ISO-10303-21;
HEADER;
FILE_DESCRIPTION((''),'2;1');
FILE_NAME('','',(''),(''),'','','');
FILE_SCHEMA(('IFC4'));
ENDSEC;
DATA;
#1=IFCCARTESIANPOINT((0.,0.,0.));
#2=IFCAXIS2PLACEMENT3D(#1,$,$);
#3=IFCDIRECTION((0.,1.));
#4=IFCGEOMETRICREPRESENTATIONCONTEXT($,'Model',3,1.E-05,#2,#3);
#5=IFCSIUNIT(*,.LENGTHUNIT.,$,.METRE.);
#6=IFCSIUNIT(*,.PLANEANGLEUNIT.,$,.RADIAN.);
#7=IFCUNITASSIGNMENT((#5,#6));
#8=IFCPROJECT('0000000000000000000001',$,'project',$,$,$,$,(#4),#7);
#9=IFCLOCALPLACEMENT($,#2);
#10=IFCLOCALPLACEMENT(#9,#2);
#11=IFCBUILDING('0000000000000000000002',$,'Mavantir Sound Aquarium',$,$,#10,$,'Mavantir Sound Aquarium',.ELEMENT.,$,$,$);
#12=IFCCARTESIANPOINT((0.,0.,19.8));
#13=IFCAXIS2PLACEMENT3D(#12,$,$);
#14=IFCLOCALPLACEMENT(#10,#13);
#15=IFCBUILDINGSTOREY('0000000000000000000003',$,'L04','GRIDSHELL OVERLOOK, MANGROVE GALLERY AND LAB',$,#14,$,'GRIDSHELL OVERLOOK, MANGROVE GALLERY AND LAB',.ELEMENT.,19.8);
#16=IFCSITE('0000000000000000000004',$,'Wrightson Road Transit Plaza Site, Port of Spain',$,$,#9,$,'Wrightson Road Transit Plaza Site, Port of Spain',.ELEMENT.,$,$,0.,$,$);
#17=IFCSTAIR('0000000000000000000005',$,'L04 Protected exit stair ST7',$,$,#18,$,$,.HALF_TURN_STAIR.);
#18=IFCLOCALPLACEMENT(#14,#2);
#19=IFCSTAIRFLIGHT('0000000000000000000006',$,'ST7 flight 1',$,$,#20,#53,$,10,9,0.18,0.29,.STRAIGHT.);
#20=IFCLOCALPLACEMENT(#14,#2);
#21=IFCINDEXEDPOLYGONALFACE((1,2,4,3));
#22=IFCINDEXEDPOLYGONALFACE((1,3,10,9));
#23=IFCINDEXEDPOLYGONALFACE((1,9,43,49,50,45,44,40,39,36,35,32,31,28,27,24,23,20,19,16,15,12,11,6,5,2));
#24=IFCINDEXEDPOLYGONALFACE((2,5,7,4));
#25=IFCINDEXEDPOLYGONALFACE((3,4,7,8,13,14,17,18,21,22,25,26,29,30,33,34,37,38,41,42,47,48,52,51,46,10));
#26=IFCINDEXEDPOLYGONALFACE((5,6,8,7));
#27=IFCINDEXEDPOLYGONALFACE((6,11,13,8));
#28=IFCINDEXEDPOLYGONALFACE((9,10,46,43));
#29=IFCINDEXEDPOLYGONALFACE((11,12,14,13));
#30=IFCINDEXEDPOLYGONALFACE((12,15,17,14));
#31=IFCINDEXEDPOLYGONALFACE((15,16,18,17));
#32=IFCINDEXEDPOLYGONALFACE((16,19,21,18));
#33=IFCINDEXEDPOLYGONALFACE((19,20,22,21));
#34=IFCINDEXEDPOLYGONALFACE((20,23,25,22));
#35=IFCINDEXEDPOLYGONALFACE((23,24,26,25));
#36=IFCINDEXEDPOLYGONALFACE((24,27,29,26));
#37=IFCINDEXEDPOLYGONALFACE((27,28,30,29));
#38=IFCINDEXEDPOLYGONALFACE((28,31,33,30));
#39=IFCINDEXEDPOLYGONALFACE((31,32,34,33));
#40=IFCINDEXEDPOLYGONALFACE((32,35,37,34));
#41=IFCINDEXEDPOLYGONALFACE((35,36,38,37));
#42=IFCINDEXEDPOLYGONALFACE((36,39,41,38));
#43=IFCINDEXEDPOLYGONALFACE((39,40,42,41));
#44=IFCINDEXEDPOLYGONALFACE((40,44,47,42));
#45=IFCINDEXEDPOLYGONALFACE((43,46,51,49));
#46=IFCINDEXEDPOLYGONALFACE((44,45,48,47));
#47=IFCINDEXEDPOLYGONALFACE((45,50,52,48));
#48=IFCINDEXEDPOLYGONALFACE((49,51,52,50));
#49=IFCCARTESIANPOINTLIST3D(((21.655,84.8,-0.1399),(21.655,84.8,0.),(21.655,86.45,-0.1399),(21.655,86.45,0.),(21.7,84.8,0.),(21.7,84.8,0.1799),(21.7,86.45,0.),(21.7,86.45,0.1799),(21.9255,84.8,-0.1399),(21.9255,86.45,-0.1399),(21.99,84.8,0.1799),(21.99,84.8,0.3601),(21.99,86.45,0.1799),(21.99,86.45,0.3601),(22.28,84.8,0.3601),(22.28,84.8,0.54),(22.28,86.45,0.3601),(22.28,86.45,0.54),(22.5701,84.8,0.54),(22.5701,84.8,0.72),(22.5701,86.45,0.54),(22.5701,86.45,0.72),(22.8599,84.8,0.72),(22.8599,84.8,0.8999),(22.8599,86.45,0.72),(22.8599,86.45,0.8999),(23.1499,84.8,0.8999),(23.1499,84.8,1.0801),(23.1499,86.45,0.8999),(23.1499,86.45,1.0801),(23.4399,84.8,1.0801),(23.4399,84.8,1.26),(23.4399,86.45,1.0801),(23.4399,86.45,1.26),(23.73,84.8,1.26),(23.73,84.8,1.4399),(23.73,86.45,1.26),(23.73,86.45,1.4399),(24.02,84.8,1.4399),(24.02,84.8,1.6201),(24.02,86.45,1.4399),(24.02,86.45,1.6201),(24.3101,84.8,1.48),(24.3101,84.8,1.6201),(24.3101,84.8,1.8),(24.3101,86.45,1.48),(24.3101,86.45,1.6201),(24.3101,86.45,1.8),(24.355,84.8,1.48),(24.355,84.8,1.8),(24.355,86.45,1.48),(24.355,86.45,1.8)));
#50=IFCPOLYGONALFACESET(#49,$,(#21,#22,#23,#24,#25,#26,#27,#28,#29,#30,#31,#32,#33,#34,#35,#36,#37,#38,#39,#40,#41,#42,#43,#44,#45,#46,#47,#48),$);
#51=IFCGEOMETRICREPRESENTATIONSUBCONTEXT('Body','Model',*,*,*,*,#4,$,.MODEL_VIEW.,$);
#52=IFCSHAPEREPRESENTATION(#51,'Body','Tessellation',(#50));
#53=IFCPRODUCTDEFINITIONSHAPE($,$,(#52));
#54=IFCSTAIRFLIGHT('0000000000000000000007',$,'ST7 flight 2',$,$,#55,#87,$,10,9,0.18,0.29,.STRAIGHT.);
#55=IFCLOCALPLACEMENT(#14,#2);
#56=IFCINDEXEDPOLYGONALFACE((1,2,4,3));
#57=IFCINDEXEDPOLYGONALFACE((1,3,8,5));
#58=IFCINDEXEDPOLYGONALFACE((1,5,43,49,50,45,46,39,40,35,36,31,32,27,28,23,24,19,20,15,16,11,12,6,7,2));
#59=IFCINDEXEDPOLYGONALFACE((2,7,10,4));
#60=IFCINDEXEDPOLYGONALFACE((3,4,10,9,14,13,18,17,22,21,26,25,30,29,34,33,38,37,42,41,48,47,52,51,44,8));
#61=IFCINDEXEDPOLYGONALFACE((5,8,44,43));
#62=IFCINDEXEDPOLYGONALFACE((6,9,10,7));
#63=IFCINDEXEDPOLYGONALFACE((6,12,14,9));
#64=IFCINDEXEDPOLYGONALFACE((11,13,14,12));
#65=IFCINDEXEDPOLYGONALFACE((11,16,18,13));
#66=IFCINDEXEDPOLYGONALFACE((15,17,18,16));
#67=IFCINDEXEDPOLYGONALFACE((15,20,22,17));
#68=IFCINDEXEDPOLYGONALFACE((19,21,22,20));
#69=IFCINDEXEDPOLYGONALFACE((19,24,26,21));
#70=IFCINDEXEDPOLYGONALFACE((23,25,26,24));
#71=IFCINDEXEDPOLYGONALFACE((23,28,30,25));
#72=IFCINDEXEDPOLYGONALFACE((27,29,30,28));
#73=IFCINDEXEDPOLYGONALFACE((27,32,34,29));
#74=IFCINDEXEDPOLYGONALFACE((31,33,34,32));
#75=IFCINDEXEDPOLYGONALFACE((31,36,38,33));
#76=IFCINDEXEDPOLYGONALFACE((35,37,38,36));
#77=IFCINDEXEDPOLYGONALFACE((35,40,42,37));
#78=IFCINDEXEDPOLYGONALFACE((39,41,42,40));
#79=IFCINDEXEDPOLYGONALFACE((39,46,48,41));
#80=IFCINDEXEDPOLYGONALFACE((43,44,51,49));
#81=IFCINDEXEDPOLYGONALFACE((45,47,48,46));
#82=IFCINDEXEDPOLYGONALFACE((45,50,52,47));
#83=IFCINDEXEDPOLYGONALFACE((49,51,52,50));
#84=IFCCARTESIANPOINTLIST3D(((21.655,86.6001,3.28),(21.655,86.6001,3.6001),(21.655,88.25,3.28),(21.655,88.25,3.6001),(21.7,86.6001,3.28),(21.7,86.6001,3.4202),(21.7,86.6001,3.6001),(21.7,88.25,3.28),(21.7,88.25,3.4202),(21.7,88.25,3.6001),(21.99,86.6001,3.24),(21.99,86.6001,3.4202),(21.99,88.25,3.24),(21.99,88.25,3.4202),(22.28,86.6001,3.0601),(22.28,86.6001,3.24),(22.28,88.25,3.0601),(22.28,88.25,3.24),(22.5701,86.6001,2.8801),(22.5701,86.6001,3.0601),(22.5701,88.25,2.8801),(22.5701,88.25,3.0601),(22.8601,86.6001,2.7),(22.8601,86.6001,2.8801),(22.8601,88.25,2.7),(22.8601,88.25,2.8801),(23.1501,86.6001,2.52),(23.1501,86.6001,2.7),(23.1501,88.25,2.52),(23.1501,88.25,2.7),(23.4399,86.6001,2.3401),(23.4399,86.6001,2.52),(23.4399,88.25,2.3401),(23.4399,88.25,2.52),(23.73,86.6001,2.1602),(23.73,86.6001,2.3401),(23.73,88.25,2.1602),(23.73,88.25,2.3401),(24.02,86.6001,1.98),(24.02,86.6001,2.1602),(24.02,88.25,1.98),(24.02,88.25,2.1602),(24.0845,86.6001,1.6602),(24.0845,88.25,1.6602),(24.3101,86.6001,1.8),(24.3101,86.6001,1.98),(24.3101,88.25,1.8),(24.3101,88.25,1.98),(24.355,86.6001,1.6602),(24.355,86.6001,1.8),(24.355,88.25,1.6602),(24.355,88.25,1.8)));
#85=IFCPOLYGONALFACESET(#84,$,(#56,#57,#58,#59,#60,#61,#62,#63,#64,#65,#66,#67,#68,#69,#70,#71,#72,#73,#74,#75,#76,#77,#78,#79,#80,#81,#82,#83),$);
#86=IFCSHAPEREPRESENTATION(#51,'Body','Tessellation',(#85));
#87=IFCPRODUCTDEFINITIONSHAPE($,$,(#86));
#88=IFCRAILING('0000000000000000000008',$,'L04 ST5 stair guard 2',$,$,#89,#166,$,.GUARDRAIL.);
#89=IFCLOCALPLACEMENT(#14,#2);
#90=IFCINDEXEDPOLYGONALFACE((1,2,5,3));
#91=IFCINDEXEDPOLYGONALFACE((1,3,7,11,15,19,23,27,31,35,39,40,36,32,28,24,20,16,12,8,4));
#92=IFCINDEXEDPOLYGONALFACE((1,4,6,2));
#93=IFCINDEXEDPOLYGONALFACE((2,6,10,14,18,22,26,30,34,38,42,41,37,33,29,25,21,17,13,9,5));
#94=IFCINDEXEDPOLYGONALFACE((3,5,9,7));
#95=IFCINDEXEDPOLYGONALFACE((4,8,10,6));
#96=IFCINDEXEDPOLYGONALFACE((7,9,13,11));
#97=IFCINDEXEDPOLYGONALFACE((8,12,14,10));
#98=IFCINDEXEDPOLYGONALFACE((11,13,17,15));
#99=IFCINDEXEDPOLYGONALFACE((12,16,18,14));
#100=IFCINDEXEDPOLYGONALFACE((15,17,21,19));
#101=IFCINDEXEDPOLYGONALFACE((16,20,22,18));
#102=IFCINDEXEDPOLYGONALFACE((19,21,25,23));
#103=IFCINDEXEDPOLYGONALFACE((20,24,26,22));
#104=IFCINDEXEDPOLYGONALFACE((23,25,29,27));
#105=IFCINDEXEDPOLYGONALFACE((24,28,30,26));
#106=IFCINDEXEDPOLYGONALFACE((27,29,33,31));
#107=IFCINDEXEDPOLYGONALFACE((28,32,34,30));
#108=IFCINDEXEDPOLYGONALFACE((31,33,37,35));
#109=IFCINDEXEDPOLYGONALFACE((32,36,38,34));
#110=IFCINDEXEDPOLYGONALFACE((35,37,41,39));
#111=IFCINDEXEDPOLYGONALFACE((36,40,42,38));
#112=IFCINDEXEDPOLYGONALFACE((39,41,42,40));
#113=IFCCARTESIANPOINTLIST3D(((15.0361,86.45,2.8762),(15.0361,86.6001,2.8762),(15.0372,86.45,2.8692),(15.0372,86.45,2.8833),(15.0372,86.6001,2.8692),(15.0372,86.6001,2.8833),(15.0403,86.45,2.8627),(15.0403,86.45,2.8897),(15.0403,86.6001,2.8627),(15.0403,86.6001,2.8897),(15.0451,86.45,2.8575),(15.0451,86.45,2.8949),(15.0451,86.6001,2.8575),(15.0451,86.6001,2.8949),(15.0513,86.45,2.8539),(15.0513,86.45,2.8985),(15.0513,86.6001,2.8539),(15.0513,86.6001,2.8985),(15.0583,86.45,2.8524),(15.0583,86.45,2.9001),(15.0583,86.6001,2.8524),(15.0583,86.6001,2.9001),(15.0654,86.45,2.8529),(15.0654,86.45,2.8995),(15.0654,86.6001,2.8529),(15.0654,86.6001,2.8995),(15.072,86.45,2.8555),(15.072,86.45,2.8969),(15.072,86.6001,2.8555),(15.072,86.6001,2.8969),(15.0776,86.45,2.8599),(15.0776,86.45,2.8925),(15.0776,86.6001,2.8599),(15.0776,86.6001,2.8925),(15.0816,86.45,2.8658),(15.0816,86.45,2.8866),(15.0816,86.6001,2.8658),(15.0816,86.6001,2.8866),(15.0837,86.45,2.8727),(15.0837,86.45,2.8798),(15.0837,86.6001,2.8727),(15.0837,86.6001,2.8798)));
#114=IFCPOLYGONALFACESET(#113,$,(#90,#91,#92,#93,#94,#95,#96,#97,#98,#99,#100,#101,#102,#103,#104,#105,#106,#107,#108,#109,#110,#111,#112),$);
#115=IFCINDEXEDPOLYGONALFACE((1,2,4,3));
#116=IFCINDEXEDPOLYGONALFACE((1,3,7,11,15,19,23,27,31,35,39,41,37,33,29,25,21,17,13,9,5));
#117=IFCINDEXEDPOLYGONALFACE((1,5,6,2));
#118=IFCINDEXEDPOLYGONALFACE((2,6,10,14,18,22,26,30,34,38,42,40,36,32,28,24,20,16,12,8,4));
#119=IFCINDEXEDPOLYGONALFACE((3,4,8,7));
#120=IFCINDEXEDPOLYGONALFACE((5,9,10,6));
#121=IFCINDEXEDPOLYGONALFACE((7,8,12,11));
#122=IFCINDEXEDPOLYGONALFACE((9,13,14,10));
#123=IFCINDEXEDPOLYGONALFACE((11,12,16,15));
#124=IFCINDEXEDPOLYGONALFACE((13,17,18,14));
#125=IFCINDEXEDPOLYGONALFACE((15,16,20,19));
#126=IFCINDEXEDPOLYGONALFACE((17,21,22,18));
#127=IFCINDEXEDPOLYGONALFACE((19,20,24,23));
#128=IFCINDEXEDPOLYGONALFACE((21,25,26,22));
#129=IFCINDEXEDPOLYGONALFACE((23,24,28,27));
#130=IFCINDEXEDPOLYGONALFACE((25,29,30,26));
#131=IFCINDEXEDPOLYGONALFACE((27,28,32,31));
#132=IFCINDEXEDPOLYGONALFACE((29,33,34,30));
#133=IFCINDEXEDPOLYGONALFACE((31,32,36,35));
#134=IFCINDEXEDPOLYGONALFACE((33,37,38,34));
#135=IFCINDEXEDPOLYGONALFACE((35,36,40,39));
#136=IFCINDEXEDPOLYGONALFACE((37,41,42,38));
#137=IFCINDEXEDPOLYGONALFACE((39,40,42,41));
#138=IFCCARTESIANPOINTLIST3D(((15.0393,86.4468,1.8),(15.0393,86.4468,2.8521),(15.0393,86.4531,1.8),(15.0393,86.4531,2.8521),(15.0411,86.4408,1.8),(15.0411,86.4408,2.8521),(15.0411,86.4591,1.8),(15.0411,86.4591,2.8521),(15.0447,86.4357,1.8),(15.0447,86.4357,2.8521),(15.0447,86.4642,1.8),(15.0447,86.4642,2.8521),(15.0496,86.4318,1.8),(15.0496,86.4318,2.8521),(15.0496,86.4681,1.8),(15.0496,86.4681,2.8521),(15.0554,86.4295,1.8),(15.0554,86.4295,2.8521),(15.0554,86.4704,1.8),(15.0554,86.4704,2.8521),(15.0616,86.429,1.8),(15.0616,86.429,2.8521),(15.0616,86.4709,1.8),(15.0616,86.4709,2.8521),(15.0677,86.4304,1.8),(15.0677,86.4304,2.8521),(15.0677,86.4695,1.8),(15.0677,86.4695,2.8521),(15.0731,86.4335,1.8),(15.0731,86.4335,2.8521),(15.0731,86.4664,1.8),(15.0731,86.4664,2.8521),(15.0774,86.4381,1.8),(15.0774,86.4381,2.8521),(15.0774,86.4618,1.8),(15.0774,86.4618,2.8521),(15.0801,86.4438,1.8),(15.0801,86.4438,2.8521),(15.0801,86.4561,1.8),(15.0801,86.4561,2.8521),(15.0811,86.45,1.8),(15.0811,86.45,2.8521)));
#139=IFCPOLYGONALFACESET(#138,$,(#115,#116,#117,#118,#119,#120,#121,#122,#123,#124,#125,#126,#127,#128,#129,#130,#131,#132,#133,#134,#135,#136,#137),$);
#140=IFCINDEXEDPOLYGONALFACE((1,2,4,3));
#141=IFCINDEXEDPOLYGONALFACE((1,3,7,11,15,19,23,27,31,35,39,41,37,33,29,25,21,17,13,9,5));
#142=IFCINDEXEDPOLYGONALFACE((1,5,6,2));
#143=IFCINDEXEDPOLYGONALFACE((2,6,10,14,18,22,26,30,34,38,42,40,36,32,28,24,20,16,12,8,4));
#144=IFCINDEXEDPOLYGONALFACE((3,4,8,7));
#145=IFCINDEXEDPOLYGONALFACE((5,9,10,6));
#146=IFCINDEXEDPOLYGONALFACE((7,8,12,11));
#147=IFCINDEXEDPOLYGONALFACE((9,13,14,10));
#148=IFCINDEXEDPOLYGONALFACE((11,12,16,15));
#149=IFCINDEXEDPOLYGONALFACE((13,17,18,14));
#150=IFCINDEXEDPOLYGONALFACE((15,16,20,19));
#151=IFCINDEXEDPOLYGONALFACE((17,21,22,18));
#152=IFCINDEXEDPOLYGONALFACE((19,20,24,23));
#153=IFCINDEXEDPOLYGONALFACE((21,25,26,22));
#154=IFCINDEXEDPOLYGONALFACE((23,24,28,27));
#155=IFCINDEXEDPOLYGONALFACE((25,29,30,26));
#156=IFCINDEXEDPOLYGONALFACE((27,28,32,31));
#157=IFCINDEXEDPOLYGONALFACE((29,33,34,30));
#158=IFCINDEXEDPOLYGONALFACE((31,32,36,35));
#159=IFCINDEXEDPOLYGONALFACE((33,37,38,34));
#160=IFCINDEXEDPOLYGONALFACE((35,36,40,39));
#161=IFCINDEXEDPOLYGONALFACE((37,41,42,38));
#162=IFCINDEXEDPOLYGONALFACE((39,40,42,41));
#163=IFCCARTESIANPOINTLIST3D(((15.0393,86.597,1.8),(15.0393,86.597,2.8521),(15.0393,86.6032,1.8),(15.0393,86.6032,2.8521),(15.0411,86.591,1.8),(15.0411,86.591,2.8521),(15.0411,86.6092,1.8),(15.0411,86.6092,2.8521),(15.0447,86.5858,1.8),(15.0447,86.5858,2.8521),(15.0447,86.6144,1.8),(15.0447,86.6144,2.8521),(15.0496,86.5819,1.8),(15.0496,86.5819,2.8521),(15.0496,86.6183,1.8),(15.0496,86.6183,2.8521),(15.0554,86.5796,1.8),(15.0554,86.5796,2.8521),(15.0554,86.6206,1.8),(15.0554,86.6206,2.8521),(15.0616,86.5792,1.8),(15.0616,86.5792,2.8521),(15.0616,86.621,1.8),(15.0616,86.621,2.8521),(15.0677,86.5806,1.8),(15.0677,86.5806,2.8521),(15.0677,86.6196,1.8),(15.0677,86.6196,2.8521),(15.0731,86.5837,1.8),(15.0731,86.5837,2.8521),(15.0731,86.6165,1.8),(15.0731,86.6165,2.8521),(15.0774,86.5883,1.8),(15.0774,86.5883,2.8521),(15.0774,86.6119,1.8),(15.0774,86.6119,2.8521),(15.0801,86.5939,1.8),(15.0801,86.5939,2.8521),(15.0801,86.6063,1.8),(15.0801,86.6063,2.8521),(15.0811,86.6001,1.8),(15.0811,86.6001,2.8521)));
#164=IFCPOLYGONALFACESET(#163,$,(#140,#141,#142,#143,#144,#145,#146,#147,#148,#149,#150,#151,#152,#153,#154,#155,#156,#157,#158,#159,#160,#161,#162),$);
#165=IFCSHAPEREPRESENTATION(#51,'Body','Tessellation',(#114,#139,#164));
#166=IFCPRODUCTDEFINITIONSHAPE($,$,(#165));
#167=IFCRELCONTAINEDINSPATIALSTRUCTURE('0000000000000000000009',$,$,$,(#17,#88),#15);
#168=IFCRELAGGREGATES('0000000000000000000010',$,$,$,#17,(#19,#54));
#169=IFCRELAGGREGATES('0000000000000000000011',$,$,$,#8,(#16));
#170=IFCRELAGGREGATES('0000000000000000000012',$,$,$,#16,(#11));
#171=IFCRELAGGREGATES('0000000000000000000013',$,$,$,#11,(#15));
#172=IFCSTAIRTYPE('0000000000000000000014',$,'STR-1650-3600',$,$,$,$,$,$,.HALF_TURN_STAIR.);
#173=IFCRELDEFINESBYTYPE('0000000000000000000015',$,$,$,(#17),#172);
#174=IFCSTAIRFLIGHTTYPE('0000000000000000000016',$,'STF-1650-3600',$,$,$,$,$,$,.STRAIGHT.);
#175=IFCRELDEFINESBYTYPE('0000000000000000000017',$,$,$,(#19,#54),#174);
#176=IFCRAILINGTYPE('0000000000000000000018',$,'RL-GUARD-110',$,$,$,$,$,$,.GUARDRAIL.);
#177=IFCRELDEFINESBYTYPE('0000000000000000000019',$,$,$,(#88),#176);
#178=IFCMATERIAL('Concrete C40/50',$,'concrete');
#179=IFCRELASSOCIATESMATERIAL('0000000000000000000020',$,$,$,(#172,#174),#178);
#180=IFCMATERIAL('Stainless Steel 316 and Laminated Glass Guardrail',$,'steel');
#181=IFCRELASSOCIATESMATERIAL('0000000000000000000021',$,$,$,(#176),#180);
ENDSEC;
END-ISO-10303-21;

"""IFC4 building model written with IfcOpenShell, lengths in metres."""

from ifc_helpers import new_model, si_unit, direction, frame, origin, origin_2d, place, context, subcontext, project, spatial, polyline, circle, outline, extrude, material, type_object, element, aggregate, save


model = new_model("IFC4")

# Units and contexts
model_context = context("Model", 3, precision=1e-05, world=origin(), true_north=direction((0.0, 1.0)))
body_context = subcontext(model_context, "Body", "Model", "MODEL_VIEW")
ifc_project = project(units=[si_unit("LENGTHUNIT", "METRE"), si_unit("PLANEANGLEUNIT", "RADIAN")], contexts=[model_context])

# Site, building, storey
site_placement = place(None, origin())
site = spatial("IfcSite", under=ifc_project, at=site_placement, Name="Wrightson Road Transit Plaza Site, Port of Spain", LongName="Wrightson Road Transit Plaza Site, Port of Spain", CompositionType="ELEMENT", RefElevation=0.0)
building_placement = place(site_placement, origin())
building = spatial("IfcBuilding", under=site, at=building_placement, Name="Mavantir Sound Aquarium", LongName="Mavantir Sound Aquarium", CompositionType="ELEMENT")
storey_placement = place(building_placement, frame((0.0, 0.0, 19.8)))
storey = spatial("IfcBuildingStorey", under=building, at=storey_placement, Name="L04", Description="GRIDSHELL OVERLOOK, MANGROVE GALLERY AND LAB", LongName="GRIDSHELL OVERLOOK, MANGROVE GALLERY AND LAB", CompositionType="ELEMENT", Elevation=19.8)

# Shared definitions
ifc_material_1 = material(Name="Concrete C40/50", Category="concrete")

# Shared definitions
stair_type = type_object("IfcStairType", Name="STR-1650-3600", PredefinedType="HALF_TURN_STAIR", material=ifc_material_1)
stair_flight_type = type_object("IfcStairFlightType", Name="STF-1650-3600", PredefinedType="STRAIGHT", material=ifc_material_1)

# Stair, stair flights
stair_1_placement = place(storey_placement, origin())
stair_1 = element("IfcStair", 1, at=stair_1_placement, inside=storey, type_object=stair_type, Name="L04 Protected exit stair ST7", PredefinedType="HALF_TURN_STAIR")
stair_flight_1_placement = place(storey_placement, frame((21.7, 85.625, 0.0), z_axis=(0.0, 0.0, 1.0), x_axis=(1.0, 0.0, 0.0)))
stair_flight_1 = element("IfcStairFlight", 2, at=stair_flight_1_placement, type_object=stair_flight_type, Name="ST7 flight 1", NumberOfRisers=10, NumberOfTreads=9, PredefinedType="STRAIGHT", RiserHeight=0.18, TreadLength=0.29, context=body_context, shape_type="SweptSolid", body=[
    extrude(outline(polyline([(-0.0449, -0.1399), (-0.0449, 0.0), (0.0, 0.0), (0.0, 0.1799), (0.29, 0.1799), (0.29, 0.3601), (0.5801, 0.3601), (0.5801, 0.54), (0.8701, 0.54), (0.8701, 0.72), (1.1599, 0.72), (1.1599, 0.8999), (1.45, 0.8999), (1.45, 1.0801), (1.74, 1.0801), (1.74, 1.26), (2.03, 1.26), (2.03, 1.4399), (2.3201, 1.4399), (2.3201, 1.6201), (2.6101, 1.6201), (2.6101, 1.8), (2.655, 1.8), (2.655, 1.48), (2.6101, 1.48), (0.2256, -0.1399), (-0.0449, -0.1399)])), frame((0.0, 0.825, 0.0), z_axis=(0.0, -1.0, 0.0), x_axis=(1.0, 0.0, 0.0)), (0.0, 0.0, 1.0), 1.6499),
])
stair_flight_2_placement = place(storey_placement, frame((24.3101, 87.425, 1.8), z_axis=(0.0, 0.0, 1.0), x_axis=(-1.0, 0.0, 0.0)))
stair_flight_2 = element("IfcStairFlight", 3, at=stair_flight_2_placement, type_object=stair_flight_type, Name="ST7 flight 2", NumberOfRisers=10, NumberOfTreads=9, PredefinedType="STRAIGHT", RiserHeight=0.18, TreadLength=0.29, context=body_context, shape_type="SweptSolid", body=[
    extrude(outline(polyline([(-0.0449, -0.1399), (-0.0449, 0.0), (0.0, 0.0), (0.0, 0.1799), (0.29, 0.1799), (0.29, 0.3601), (0.5801, 0.3601), (0.5801, 0.54), (0.8701, 0.54), (0.8701, 0.72), (1.1599, 0.72), (1.1599, 0.8999), (1.45, 0.8999), (1.45, 1.0801), (1.74, 1.0801), (1.74, 1.26), (2.03, 1.26), (2.03, 1.4399), (2.3201, 1.4399), (2.3201, 1.6201), (2.6101, 1.6201), (2.6101, 1.8), (2.655, 1.8), (2.655, 1.48), (2.6101, 1.48), (0.2256, -0.1399), (-0.0449, -0.1399)])), frame((0.0, 0.825, 0.0), z_axis=(0.0, -1.0, 0.0), x_axis=(1.0, 0.0, 0.0)), (0.0, 0.0, 1.0), 1.6499),
])
aggregate(stair_1, [stair_flight_1, stair_flight_2])

# Railing
ifc_material_2 = material(Name="Stainless Steel 316 and Laminated Glass Guardrail", Category="steel")
railing_type_1 = type_object("IfcRailingType", Name="RL-GUARD-110", PredefinedType="GUARDRAIL", material=ifc_material_2)
railing_1_placement = place(storey_placement, frame((15.0601, 86.45, 1.8)))
element("IfcRailing", 4, at=railing_1_placement, inside=storey, type_object=railing_type_1, Name="L04 ST5 stair guard 2", PredefinedType="GUARDRAIL", context=body_context, shape_type="SweptSolid", body=[
    extrude(circle(Radius=0.0239, at=origin_2d()), frame((0.0, 0.0, 1.0762), z_axis=(0.0, 1.0, 0.0), x_axis=(-1.0, 0.0, 0.0)), (0.0, 0.0, 1.0), 0.1501),
    extrude(circle(Radius=0.021, at=origin_2d()), origin(), (0.0, 0.0, 1.0), 1.052),
    extrude(circle(Radius=0.021, at=origin_2d()), frame((0.0, 0.1501, 0.0)), (0.0, 0.0, 1.0), 1.052),
])

save(model, "model.ifc")
